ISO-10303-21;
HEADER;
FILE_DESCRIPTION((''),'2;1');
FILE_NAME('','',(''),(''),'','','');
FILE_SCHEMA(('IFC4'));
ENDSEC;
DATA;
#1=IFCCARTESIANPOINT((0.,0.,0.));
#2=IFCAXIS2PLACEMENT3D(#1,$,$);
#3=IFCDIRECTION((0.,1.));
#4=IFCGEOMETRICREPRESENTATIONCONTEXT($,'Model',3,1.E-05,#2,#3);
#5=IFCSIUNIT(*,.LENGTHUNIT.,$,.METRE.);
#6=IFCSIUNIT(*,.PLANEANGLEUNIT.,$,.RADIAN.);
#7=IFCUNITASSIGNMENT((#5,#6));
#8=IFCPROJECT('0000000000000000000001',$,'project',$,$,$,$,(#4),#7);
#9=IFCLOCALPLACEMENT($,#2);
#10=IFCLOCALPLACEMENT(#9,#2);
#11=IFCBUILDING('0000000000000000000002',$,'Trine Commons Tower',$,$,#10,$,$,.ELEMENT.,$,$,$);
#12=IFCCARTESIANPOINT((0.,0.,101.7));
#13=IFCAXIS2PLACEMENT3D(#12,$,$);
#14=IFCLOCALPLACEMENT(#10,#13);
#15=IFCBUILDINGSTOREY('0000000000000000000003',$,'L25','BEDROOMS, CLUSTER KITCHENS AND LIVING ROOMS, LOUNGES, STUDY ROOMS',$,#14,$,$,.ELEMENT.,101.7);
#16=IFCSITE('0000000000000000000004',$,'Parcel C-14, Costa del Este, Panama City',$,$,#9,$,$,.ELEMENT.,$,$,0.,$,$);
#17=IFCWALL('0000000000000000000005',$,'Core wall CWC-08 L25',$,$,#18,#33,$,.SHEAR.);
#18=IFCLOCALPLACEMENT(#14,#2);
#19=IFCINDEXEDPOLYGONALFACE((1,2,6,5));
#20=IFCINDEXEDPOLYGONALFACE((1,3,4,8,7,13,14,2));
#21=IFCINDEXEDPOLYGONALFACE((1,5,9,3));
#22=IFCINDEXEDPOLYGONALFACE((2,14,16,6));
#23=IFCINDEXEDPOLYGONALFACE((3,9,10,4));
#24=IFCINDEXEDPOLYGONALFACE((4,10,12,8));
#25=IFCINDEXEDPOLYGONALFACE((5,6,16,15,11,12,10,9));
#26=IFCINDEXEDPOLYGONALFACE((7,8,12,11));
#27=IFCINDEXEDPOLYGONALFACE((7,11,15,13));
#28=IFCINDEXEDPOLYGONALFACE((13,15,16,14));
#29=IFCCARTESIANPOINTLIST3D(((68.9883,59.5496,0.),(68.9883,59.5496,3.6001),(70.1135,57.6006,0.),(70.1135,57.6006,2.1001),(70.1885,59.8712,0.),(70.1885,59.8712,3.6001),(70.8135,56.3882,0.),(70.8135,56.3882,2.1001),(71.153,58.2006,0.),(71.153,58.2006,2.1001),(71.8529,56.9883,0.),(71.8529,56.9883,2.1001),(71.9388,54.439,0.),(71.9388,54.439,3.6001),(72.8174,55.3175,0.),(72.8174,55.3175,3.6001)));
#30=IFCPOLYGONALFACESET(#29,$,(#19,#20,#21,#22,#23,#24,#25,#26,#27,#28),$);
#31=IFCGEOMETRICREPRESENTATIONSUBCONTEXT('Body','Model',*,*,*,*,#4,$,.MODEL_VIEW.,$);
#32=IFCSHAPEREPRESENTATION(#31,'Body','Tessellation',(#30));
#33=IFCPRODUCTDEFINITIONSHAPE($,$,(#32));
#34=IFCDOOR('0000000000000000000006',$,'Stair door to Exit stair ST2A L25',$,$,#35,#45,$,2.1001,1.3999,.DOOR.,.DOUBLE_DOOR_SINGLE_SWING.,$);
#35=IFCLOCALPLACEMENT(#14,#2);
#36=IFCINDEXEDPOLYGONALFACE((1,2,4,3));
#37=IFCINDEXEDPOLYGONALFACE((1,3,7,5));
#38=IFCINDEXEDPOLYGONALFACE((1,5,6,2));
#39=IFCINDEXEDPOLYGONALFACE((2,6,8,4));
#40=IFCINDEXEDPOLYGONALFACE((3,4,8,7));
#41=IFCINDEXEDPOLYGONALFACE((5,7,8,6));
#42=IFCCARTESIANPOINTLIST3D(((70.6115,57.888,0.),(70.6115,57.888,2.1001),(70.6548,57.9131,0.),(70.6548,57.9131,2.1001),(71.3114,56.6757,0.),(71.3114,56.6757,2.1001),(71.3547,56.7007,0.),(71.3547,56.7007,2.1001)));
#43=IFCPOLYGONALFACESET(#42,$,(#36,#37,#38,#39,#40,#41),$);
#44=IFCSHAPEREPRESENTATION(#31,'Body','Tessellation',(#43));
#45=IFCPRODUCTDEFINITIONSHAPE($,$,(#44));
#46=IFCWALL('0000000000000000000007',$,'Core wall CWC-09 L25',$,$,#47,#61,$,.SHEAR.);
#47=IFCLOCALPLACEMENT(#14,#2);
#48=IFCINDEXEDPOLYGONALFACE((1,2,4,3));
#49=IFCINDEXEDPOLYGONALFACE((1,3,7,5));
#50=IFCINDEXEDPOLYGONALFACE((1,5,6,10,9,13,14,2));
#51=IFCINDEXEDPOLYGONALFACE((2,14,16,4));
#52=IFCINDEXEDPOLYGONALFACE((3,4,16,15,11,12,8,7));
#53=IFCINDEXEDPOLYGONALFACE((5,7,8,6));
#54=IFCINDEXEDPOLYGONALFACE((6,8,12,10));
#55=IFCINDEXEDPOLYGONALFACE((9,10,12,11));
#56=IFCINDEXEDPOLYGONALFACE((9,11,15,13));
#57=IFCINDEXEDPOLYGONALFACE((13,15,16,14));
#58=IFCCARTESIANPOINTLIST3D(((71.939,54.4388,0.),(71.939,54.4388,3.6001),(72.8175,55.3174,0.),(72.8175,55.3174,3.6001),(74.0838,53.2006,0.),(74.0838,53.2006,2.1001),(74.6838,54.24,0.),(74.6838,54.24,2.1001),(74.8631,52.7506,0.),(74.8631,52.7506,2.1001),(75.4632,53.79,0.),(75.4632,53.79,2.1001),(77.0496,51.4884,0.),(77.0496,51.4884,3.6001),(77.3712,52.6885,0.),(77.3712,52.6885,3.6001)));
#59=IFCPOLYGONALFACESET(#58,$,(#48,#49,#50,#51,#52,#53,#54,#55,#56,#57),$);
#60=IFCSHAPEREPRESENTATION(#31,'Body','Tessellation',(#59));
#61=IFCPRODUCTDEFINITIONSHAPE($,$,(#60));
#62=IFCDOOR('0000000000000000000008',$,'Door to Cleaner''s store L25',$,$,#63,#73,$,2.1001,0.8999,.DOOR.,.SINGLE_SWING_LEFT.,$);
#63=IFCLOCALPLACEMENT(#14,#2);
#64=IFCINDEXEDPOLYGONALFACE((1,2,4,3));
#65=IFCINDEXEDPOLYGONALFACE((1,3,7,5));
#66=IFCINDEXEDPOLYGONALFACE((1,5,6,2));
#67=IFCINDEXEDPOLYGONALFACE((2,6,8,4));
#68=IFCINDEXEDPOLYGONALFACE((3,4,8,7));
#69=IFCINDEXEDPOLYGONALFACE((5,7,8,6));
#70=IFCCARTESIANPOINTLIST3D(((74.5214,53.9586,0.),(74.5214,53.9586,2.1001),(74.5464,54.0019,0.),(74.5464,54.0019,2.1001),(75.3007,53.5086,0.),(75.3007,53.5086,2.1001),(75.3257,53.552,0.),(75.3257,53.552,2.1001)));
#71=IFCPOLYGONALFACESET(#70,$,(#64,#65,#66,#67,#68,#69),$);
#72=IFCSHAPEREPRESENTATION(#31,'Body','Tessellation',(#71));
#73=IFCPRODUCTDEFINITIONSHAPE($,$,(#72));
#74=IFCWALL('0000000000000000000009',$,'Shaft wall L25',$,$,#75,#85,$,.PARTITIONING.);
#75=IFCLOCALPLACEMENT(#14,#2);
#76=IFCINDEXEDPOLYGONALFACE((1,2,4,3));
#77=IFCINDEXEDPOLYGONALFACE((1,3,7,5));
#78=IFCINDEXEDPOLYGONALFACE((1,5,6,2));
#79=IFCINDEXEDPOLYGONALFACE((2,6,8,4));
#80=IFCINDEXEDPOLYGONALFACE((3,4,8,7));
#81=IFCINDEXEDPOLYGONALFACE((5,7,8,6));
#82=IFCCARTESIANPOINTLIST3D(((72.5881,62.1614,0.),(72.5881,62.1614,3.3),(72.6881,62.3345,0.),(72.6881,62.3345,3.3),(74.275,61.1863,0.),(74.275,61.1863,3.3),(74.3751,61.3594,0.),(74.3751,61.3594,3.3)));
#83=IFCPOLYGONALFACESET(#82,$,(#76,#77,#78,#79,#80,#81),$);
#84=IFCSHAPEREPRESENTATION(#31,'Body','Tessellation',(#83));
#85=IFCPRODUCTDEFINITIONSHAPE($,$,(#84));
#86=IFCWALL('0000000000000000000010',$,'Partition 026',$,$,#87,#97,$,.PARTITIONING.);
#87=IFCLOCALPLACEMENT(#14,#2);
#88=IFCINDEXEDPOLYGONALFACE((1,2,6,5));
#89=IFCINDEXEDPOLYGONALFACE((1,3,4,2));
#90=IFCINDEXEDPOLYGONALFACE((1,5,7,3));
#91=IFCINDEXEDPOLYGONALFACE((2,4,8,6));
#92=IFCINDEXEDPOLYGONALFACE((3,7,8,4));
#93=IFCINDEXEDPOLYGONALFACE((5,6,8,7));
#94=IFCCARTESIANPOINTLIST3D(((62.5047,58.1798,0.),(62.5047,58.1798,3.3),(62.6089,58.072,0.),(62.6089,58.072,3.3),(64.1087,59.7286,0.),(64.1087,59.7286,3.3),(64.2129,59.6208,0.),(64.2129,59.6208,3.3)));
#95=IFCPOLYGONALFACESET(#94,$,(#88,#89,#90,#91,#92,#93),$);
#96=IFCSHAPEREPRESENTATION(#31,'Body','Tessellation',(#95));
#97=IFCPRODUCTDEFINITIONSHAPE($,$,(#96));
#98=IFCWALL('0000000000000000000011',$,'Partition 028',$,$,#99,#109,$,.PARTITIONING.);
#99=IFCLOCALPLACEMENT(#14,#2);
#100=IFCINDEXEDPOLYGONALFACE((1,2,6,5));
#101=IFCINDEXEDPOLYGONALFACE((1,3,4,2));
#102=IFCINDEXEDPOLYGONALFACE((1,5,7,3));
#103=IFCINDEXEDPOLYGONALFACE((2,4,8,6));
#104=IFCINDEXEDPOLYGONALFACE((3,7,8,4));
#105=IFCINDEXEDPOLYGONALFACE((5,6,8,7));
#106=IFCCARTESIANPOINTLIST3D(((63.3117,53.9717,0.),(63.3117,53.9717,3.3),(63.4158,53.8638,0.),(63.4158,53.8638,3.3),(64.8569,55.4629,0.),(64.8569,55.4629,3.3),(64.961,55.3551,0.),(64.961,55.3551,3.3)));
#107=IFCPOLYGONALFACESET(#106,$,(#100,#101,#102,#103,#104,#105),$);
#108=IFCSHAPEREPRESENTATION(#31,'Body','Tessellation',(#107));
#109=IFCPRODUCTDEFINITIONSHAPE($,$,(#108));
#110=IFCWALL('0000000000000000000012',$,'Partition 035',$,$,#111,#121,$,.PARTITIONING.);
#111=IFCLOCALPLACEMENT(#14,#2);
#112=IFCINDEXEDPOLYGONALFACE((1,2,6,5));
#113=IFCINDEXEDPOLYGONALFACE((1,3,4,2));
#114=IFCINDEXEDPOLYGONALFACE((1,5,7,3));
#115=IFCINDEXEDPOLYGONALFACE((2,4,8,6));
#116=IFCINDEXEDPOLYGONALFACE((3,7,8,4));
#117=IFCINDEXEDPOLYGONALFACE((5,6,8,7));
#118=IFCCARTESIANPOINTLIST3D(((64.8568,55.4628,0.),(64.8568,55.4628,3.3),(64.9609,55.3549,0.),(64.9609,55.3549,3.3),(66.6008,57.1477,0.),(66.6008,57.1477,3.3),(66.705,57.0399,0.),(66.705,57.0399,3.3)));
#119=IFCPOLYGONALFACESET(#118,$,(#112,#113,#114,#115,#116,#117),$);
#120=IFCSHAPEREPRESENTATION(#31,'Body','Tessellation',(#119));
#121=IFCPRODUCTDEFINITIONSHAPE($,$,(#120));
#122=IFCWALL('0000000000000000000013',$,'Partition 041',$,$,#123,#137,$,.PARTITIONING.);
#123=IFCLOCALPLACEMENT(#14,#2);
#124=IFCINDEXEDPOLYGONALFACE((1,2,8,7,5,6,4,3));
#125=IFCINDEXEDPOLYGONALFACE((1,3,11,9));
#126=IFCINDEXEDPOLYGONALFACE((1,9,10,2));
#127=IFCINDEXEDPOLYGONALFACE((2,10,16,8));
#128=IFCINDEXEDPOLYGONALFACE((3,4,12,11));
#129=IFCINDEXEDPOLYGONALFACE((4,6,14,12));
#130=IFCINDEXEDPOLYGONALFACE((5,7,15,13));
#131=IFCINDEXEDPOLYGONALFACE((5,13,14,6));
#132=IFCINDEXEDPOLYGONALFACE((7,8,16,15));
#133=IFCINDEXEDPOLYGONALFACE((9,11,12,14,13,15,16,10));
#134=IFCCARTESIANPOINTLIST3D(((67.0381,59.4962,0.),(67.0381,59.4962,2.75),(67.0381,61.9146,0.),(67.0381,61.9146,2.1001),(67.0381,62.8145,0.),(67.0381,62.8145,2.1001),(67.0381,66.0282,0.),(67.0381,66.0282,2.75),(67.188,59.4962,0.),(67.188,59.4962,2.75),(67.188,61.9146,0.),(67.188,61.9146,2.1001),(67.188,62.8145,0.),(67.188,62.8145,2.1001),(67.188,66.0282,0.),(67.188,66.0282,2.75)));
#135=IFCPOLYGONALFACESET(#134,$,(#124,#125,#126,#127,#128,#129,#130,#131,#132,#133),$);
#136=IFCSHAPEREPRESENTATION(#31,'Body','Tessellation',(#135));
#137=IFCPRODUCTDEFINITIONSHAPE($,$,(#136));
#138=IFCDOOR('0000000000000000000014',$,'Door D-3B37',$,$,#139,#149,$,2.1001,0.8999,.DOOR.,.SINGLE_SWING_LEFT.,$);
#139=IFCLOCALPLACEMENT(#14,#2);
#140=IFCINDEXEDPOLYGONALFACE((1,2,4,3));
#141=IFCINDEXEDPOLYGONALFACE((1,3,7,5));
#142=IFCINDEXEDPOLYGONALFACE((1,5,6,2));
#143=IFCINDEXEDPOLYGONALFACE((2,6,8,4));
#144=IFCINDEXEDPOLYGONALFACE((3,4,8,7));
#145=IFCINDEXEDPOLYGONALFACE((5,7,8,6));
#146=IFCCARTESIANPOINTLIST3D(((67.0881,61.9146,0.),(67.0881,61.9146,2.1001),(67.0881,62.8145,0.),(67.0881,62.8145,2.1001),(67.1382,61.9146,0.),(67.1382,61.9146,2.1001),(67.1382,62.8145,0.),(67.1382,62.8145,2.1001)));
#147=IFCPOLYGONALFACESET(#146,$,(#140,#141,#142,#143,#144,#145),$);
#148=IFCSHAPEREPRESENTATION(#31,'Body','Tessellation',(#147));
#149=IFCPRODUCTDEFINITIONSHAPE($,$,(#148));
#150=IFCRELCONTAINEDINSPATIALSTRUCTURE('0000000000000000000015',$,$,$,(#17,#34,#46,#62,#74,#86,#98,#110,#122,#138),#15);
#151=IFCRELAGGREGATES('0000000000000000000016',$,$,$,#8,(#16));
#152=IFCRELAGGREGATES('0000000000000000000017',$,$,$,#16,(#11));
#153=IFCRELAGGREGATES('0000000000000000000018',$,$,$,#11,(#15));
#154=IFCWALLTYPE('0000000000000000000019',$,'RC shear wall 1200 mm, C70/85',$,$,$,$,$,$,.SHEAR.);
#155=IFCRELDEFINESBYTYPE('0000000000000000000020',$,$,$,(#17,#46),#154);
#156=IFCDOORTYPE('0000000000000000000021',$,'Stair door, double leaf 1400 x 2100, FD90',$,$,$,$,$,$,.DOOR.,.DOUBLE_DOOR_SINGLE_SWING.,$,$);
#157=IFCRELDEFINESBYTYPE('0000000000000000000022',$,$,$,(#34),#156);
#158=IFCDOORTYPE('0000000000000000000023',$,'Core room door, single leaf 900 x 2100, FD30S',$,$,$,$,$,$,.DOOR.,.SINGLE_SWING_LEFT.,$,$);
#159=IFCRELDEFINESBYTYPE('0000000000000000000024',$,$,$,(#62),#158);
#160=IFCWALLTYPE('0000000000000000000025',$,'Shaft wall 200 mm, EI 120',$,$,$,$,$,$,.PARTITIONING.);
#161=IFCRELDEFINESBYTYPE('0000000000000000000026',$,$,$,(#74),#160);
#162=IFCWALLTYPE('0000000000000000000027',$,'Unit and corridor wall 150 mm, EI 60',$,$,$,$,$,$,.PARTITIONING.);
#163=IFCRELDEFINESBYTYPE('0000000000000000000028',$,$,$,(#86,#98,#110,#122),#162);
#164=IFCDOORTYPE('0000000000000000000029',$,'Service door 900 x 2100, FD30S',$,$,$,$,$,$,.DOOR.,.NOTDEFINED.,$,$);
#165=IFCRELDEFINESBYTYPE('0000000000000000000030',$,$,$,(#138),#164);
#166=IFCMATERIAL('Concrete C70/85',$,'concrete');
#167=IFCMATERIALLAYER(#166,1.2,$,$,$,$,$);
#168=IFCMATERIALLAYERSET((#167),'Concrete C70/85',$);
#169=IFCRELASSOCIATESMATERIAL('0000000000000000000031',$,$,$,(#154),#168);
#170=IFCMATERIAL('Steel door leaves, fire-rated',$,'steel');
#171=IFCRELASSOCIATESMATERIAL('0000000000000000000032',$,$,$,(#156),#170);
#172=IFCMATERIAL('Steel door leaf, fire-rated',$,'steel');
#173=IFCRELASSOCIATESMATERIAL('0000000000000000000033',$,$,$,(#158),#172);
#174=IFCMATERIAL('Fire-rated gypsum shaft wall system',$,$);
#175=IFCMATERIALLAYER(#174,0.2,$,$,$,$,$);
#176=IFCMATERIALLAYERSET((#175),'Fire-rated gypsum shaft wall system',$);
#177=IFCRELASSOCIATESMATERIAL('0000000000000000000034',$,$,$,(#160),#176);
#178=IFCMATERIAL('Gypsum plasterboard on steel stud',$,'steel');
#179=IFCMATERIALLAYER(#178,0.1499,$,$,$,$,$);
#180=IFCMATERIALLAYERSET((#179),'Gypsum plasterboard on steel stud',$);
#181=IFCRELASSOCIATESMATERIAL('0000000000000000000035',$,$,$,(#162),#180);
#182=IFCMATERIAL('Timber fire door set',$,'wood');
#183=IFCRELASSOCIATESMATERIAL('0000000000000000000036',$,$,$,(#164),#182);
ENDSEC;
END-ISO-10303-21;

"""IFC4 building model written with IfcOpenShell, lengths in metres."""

from ifc_helpers import new_model, si_unit, direction, frame, frame_2d, origin, place, context, subcontext, project, spatial, polyline, rectangle, outline, extrude, material, layer, layer_set, type_object, element, fill, save


model = new_model("IFC4")

# Units and contexts
model_context = context("Model", 3, precision=1e-05, world=origin(), true_north=direction((0.0, 1.0)))
body_context = subcontext(model_context, "Body", "Model", "MODEL_VIEW")
ifc_project = project(units=[si_unit("LENGTHUNIT", "METRE"), si_unit("PLANEANGLEUNIT", "RADIAN")], contexts=[model_context])

# Site, building, storey
site_placement = place(None, origin())
site = spatial("IfcSite", under=ifc_project, at=site_placement, Name="Parcel C-14, Costa del Este, Panama City", CompositionType="ELEMENT", RefElevation=0.0)
building_placement = place(site_placement, origin())
building = spatial("IfcBuilding", under=site, at=building_placement, Name="Trine Commons Tower", CompositionType="ELEMENT")
storey_placement = place(building_placement, frame((0.0, 0.0, 101.7)))
storey = spatial("IfcBuildingStorey", under=building, at=storey_placement, Name="L25", Description="BEDROOMS, CLUSTER KITCHENS AND LIVING ROOMS, LOUNGES, STUDY ROOMS", CompositionType="ELEMENT", Elevation=101.7)

# Walls, openings, doors
ifc_material_1 = material(Name="Concrete C70/85", Category="concrete")
ifc_layer_1 = layer(ifc_material_1, 1.2)
ifc_layer_set_1 = layer_set([ifc_layer_1], Name="Concrete C70/85")
wall_type_1 = type_object("IfcWallType", Name="RC shear wall 1200 mm, C70/85", PredefinedType="SHEAR", material=ifc_layer_set_1)
wall_1_placement = place(storey_placement, frame((69.5081, 59.8496, 0.0), z_axis=(0.0, 0.0, 1.0), x_axis=(0.499979, -0.866037, 0.0)))
wall_1 = element("IfcWall", 1, at=wall_1_placement, inside=storey, type_object=wall_type_1, Name="Core wall CWC-08 L25", PredefinedType="SHEAR", context=body_context, shape_type="SweptSolid", body=[
    extrude(outline(polyline([(0.0, -0.6001), (5.9011, -0.6001), (5.5796, 0.6001), (0.3215, 0.6001), (0.0, -0.6001)])), origin(), (0.0, 0.0, 1.0), 3.6001),
])
opening_1_placement = place(wall_1_placement, frame((2.2505, 0.0, 0.0)))
opening_1 = element("IfcOpeningElement", 2, at=opening_1_placement, cuts=wall_1, PredefinedType="OPENING", context=body_context, shape_type="SweptSolid", body=[
    extrude(rectangle(XDim=1.3999, YDim=2.1001, at=frame_2d((0.7, 1.05))), frame((0.0, 0.6099, 0.0), z_axis=(0.0, -1.0, 0.0), x_axis=(1.0, 0.0, 0.0)), (0.0, 0.0, 1.0), 1.22),
])
ifc_material_2 = material(Name="Steel door leaves, fire-rated", Category="steel")
door_type_1 = type_object("IfcDoorType", Name="Stair door, double leaf 1400 x 2100, FD90", OperationType="DOUBLE_DOOR_SINGLE_SWING", PredefinedType="DOOR", material=ifc_material_2)
door_1_placement = place(opening_1_placement, origin())
door_1 = element("IfcDoor", 3, at=door_1_placement, inside=storey, type_object=door_type_1, Name="Stair door to Exit stair ST2A L25", OperationType="DOUBLE_DOOR_SINGLE_SWING", OverallHeight=2.1001, OverallWidth=1.3999, PredefinedType="DOOR", context=body_context, shape_type="SweptSolid", body=[
    extrude(rectangle(XDim=1.3999, YDim=2.1001, at=frame_2d((0.7, 1.05))), frame((0.0, 0.0249, 0.0), z_axis=(0.0, -1.0, 0.0), x_axis=(1.0, 0.0, 0.0)), (0.0, 0.0, 1.0), 0.05),
])
fill(opening_1, door_1)
wall_2_placement = place(storey_placement, frame((72.239, 54.9585, 0.0), z_axis=(0.0, 0.0, 1.0), x_axis=(0.866037, -0.499979, 0.0)))
wall_2 = element("IfcWall", 4, at=wall_2_placement, inside=storey, type_object=wall_type_1, Name="Core wall CWC-09 L25", PredefinedType="SHEAR", context=body_context, shape_type="SweptSolid", body=[
    extrude(outline(polyline([(0.0, -0.6001), (5.9011, -0.6001), (5.5796, 0.6001), (0.3215, 0.6001), (0.0, -0.6001)])), origin(), (0.0, 0.0, 1.0), 3.6001),
])
opening_2_placement = place(wall_2_placement, frame((2.4766, 0.0, 0.0)))
opening_2 = element("IfcOpeningElement", 5, at=opening_2_placement, cuts=wall_2, PredefinedType="OPENING", context=body_context, shape_type="SweptSolid", body=[
    extrude(rectangle(XDim=0.8999, YDim=2.1001, at=frame_2d((0.45, 1.05))), frame((0.0, 0.6099, 0.0), z_axis=(0.0, -1.0, 0.0), x_axis=(1.0, 0.0, 0.0)), (0.0, 0.0, 1.0), 1.22),
])
ifc_material_3 = material(Name="Steel door leaf, fire-rated", Category="steel")
door_type_2 = type_object("IfcDoorType", Name="Core room door, single leaf 900 x 2100, FD30S", OperationType="SINGLE_SWING_LEFT", PredefinedType="DOOR", material=ifc_material_3)
door_2_placement = place(opening_2_placement, origin())
door_2 = element("IfcDoor", 6, at=door_2_placement, inside=storey, type_object=door_type_2, Name="Door to Cleaner's store L25", OperationType="SINGLE_SWING_LEFT", OverallHeight=2.1001, OverallWidth=0.8999, PredefinedType="DOOR", context=body_context, shape_type="SweptSolid", body=[
    extrude(rectangle(XDim=0.8999, YDim=2.1001, at=frame_2d((0.45, 1.05))), frame((0.0, 0.3252, 0.0), z_axis=(0.0, -1.0, 0.0), x_axis=(1.0, 0.0, 0.0)), (0.0, 0.0, 1.0), 0.05),
])
fill(opening_2, door_2)

# Walls
ifc_material_4 = material(Name="Fire-rated gypsum shaft wall system")
ifc_layer_2 = layer(ifc_material_4, 0.2)
ifc_layer_set_2 = layer_set([ifc_layer_2], Name="Fire-rated gypsum shaft wall system")
wall_type_2 = type_object("IfcWallType", Name="Shaft wall 200 mm, EI 120", PredefinedType="PARTITIONING", material=ifc_layer_set_2)
wall_3_placement = place(storey_placement, frame((74.325, 61.2729, 0.0), z_axis=(0.0, 0.0, 1.0), x_axis=(-0.865781, 0.500424, 0.0)))
element("IfcWall", 7, at=wall_3_placement, inside=storey, type_object=wall_type_2, Name="Shaft wall L25", PredefinedType="PARTITIONING", context=body_context, shape_type="SweptSolid", body=[
    extrude(rectangle(XDim=1.9485, YDim=0.2, at=frame_2d((0.9741, 0.0))), origin(), (0.0, 0.0, 1.0), 3.3),
])
ifc_material_5 = material(Name="Gypsum plasterboard on steel stud", Category="steel")
ifc_layer_3 = layer(ifc_material_5, 0.1499)
ifc_layer_set_3 = layer_set([ifc_layer_3], Name="Gypsum plasterboard on steel stud")
wall_type_3 = type_object("IfcWallType", Name="Unit and corridor wall 150 mm, EI 60", PredefinedType="PARTITIONING", material=ifc_layer_set_3)
wall_4_placement = place(storey_placement, frame((62.5569, 58.126, 0.0), z_axis=(0.0, 0.0, 1.0), x_axis=(0.719371, 0.694626, 0.0)))
element("IfcWall", 8, at=wall_4_placement, inside=storey, type_object=wall_type_3, Name="Partition 026", PredefinedType="PARTITIONING", context=body_context, shape_type="SweptSolid", body=[
    extrude(rectangle(XDim=2.2297, YDim=0.1499, at=frame_2d((1.1147, 0.0))), origin(), (0.0, 0.0, 1.0), 3.3),
])
wall_5_placement = place(storey_placement, frame((63.3638, 53.9177, 0.0), z_axis=(0.0, 0.0, 1.0), x_axis=(0.719558, 0.694432, 0.0)))
element("IfcWall", 9, at=wall_5_placement, inside=storey, type_object=wall_type_3, Name="Partition 028", PredefinedType="PARTITIONING", context=body_context, shape_type="SweptSolid", body=[
    extrude(rectangle(XDim=2.1475, YDim=0.1499, at=frame_2d((1.0737, 0.0))), origin(), (0.0, 0.0, 1.0), 3.3),
])
wall_6_placement = place(storey_placement, frame((64.9089, 55.4089, 0.0), z_axis=(0.0, 0.0, 1.0), x_axis=(0.719183, 0.694821, 0.0)))
element("IfcWall", 10, at=wall_6_placement, inside=storey, type_object=wall_type_3, Name="Partition 035", PredefinedType="PARTITIONING", context=body_context, shape_type="SweptSolid", body=[
    extrude(rectangle(XDim=2.425, YDim=0.1499, at=frame_2d((1.2124, 0.0))), origin(), (0.0, 0.0, 1.0), 3.3),
])

# Wall, opening, door
wall_7_placement = place(storey_placement, frame((67.113, 59.4961, 0.0), z_axis=(0.0, 0.0, 1.0), x_axis=(0.0, 1.0, 0.0)))
wall_7 = element("IfcWall", 11, at=wall_7_placement, inside=storey, type_object=wall_type_3, Name="Partition 041", PredefinedType="PARTITIONING", context=body_context, shape_type="SweptSolid", body=[
    extrude(rectangle(XDim=6.532, YDim=0.1499, at=frame_2d((3.2661, 0.0))), origin(), (0.0, 0.0, 1.0), 2.75),
])
opening_3_placement = place(wall_7_placement, frame((2.4185, 0.0, 0.0)))
opening_3 = element("IfcOpeningElement", 12, at=opening_3_placement, cuts=wall_7, PredefinedType="OPENING", context=body_context, shape_type="SweptSolid", body=[
    extrude(rectangle(XDim=0.8999, YDim=2.1001, at=frame_2d((0.45, 1.05))), frame((0.0, 0.085, 0.0), z_axis=(0.0, -1.0, 0.0), x_axis=(1.0, 0.0, 0.0)), (0.0, 0.0, 1.0), 0.1699),
])
ifc_material_6 = material(Name="Timber fire door set", Category="wood")
door_type_3 = type_object("IfcDoorType", Name="Service door 900 x 2100, FD30S", OperationType="NOTDEFINED", PredefinedType="DOOR", material=ifc_material_6)
door_3_placement = place(opening_3_placement, origin())
door_3 = element("IfcDoor", 13, at=door_3_placement, inside=storey, type_object=door_type_3, Name="Door D-3B37", OperationType="SINGLE_SWING_LEFT", OverallHeight=2.1001, OverallWidth=0.8999, PredefinedType="DOOR", context=body_context, shape_type="SweptSolid", body=[
    extrude(rectangle(XDim=0.8999, YDim=2.1001, at=frame_2d((0.45, 1.05))), frame((0.0, 0.0249, 0.0), z_axis=(0.0, -1.0, 0.0), x_axis=(1.0, 0.0, 0.0)), (0.0, 0.0, 1.0), 0.05),
])
fill(opening_3, door_3)

save(model, "model.ifc")
